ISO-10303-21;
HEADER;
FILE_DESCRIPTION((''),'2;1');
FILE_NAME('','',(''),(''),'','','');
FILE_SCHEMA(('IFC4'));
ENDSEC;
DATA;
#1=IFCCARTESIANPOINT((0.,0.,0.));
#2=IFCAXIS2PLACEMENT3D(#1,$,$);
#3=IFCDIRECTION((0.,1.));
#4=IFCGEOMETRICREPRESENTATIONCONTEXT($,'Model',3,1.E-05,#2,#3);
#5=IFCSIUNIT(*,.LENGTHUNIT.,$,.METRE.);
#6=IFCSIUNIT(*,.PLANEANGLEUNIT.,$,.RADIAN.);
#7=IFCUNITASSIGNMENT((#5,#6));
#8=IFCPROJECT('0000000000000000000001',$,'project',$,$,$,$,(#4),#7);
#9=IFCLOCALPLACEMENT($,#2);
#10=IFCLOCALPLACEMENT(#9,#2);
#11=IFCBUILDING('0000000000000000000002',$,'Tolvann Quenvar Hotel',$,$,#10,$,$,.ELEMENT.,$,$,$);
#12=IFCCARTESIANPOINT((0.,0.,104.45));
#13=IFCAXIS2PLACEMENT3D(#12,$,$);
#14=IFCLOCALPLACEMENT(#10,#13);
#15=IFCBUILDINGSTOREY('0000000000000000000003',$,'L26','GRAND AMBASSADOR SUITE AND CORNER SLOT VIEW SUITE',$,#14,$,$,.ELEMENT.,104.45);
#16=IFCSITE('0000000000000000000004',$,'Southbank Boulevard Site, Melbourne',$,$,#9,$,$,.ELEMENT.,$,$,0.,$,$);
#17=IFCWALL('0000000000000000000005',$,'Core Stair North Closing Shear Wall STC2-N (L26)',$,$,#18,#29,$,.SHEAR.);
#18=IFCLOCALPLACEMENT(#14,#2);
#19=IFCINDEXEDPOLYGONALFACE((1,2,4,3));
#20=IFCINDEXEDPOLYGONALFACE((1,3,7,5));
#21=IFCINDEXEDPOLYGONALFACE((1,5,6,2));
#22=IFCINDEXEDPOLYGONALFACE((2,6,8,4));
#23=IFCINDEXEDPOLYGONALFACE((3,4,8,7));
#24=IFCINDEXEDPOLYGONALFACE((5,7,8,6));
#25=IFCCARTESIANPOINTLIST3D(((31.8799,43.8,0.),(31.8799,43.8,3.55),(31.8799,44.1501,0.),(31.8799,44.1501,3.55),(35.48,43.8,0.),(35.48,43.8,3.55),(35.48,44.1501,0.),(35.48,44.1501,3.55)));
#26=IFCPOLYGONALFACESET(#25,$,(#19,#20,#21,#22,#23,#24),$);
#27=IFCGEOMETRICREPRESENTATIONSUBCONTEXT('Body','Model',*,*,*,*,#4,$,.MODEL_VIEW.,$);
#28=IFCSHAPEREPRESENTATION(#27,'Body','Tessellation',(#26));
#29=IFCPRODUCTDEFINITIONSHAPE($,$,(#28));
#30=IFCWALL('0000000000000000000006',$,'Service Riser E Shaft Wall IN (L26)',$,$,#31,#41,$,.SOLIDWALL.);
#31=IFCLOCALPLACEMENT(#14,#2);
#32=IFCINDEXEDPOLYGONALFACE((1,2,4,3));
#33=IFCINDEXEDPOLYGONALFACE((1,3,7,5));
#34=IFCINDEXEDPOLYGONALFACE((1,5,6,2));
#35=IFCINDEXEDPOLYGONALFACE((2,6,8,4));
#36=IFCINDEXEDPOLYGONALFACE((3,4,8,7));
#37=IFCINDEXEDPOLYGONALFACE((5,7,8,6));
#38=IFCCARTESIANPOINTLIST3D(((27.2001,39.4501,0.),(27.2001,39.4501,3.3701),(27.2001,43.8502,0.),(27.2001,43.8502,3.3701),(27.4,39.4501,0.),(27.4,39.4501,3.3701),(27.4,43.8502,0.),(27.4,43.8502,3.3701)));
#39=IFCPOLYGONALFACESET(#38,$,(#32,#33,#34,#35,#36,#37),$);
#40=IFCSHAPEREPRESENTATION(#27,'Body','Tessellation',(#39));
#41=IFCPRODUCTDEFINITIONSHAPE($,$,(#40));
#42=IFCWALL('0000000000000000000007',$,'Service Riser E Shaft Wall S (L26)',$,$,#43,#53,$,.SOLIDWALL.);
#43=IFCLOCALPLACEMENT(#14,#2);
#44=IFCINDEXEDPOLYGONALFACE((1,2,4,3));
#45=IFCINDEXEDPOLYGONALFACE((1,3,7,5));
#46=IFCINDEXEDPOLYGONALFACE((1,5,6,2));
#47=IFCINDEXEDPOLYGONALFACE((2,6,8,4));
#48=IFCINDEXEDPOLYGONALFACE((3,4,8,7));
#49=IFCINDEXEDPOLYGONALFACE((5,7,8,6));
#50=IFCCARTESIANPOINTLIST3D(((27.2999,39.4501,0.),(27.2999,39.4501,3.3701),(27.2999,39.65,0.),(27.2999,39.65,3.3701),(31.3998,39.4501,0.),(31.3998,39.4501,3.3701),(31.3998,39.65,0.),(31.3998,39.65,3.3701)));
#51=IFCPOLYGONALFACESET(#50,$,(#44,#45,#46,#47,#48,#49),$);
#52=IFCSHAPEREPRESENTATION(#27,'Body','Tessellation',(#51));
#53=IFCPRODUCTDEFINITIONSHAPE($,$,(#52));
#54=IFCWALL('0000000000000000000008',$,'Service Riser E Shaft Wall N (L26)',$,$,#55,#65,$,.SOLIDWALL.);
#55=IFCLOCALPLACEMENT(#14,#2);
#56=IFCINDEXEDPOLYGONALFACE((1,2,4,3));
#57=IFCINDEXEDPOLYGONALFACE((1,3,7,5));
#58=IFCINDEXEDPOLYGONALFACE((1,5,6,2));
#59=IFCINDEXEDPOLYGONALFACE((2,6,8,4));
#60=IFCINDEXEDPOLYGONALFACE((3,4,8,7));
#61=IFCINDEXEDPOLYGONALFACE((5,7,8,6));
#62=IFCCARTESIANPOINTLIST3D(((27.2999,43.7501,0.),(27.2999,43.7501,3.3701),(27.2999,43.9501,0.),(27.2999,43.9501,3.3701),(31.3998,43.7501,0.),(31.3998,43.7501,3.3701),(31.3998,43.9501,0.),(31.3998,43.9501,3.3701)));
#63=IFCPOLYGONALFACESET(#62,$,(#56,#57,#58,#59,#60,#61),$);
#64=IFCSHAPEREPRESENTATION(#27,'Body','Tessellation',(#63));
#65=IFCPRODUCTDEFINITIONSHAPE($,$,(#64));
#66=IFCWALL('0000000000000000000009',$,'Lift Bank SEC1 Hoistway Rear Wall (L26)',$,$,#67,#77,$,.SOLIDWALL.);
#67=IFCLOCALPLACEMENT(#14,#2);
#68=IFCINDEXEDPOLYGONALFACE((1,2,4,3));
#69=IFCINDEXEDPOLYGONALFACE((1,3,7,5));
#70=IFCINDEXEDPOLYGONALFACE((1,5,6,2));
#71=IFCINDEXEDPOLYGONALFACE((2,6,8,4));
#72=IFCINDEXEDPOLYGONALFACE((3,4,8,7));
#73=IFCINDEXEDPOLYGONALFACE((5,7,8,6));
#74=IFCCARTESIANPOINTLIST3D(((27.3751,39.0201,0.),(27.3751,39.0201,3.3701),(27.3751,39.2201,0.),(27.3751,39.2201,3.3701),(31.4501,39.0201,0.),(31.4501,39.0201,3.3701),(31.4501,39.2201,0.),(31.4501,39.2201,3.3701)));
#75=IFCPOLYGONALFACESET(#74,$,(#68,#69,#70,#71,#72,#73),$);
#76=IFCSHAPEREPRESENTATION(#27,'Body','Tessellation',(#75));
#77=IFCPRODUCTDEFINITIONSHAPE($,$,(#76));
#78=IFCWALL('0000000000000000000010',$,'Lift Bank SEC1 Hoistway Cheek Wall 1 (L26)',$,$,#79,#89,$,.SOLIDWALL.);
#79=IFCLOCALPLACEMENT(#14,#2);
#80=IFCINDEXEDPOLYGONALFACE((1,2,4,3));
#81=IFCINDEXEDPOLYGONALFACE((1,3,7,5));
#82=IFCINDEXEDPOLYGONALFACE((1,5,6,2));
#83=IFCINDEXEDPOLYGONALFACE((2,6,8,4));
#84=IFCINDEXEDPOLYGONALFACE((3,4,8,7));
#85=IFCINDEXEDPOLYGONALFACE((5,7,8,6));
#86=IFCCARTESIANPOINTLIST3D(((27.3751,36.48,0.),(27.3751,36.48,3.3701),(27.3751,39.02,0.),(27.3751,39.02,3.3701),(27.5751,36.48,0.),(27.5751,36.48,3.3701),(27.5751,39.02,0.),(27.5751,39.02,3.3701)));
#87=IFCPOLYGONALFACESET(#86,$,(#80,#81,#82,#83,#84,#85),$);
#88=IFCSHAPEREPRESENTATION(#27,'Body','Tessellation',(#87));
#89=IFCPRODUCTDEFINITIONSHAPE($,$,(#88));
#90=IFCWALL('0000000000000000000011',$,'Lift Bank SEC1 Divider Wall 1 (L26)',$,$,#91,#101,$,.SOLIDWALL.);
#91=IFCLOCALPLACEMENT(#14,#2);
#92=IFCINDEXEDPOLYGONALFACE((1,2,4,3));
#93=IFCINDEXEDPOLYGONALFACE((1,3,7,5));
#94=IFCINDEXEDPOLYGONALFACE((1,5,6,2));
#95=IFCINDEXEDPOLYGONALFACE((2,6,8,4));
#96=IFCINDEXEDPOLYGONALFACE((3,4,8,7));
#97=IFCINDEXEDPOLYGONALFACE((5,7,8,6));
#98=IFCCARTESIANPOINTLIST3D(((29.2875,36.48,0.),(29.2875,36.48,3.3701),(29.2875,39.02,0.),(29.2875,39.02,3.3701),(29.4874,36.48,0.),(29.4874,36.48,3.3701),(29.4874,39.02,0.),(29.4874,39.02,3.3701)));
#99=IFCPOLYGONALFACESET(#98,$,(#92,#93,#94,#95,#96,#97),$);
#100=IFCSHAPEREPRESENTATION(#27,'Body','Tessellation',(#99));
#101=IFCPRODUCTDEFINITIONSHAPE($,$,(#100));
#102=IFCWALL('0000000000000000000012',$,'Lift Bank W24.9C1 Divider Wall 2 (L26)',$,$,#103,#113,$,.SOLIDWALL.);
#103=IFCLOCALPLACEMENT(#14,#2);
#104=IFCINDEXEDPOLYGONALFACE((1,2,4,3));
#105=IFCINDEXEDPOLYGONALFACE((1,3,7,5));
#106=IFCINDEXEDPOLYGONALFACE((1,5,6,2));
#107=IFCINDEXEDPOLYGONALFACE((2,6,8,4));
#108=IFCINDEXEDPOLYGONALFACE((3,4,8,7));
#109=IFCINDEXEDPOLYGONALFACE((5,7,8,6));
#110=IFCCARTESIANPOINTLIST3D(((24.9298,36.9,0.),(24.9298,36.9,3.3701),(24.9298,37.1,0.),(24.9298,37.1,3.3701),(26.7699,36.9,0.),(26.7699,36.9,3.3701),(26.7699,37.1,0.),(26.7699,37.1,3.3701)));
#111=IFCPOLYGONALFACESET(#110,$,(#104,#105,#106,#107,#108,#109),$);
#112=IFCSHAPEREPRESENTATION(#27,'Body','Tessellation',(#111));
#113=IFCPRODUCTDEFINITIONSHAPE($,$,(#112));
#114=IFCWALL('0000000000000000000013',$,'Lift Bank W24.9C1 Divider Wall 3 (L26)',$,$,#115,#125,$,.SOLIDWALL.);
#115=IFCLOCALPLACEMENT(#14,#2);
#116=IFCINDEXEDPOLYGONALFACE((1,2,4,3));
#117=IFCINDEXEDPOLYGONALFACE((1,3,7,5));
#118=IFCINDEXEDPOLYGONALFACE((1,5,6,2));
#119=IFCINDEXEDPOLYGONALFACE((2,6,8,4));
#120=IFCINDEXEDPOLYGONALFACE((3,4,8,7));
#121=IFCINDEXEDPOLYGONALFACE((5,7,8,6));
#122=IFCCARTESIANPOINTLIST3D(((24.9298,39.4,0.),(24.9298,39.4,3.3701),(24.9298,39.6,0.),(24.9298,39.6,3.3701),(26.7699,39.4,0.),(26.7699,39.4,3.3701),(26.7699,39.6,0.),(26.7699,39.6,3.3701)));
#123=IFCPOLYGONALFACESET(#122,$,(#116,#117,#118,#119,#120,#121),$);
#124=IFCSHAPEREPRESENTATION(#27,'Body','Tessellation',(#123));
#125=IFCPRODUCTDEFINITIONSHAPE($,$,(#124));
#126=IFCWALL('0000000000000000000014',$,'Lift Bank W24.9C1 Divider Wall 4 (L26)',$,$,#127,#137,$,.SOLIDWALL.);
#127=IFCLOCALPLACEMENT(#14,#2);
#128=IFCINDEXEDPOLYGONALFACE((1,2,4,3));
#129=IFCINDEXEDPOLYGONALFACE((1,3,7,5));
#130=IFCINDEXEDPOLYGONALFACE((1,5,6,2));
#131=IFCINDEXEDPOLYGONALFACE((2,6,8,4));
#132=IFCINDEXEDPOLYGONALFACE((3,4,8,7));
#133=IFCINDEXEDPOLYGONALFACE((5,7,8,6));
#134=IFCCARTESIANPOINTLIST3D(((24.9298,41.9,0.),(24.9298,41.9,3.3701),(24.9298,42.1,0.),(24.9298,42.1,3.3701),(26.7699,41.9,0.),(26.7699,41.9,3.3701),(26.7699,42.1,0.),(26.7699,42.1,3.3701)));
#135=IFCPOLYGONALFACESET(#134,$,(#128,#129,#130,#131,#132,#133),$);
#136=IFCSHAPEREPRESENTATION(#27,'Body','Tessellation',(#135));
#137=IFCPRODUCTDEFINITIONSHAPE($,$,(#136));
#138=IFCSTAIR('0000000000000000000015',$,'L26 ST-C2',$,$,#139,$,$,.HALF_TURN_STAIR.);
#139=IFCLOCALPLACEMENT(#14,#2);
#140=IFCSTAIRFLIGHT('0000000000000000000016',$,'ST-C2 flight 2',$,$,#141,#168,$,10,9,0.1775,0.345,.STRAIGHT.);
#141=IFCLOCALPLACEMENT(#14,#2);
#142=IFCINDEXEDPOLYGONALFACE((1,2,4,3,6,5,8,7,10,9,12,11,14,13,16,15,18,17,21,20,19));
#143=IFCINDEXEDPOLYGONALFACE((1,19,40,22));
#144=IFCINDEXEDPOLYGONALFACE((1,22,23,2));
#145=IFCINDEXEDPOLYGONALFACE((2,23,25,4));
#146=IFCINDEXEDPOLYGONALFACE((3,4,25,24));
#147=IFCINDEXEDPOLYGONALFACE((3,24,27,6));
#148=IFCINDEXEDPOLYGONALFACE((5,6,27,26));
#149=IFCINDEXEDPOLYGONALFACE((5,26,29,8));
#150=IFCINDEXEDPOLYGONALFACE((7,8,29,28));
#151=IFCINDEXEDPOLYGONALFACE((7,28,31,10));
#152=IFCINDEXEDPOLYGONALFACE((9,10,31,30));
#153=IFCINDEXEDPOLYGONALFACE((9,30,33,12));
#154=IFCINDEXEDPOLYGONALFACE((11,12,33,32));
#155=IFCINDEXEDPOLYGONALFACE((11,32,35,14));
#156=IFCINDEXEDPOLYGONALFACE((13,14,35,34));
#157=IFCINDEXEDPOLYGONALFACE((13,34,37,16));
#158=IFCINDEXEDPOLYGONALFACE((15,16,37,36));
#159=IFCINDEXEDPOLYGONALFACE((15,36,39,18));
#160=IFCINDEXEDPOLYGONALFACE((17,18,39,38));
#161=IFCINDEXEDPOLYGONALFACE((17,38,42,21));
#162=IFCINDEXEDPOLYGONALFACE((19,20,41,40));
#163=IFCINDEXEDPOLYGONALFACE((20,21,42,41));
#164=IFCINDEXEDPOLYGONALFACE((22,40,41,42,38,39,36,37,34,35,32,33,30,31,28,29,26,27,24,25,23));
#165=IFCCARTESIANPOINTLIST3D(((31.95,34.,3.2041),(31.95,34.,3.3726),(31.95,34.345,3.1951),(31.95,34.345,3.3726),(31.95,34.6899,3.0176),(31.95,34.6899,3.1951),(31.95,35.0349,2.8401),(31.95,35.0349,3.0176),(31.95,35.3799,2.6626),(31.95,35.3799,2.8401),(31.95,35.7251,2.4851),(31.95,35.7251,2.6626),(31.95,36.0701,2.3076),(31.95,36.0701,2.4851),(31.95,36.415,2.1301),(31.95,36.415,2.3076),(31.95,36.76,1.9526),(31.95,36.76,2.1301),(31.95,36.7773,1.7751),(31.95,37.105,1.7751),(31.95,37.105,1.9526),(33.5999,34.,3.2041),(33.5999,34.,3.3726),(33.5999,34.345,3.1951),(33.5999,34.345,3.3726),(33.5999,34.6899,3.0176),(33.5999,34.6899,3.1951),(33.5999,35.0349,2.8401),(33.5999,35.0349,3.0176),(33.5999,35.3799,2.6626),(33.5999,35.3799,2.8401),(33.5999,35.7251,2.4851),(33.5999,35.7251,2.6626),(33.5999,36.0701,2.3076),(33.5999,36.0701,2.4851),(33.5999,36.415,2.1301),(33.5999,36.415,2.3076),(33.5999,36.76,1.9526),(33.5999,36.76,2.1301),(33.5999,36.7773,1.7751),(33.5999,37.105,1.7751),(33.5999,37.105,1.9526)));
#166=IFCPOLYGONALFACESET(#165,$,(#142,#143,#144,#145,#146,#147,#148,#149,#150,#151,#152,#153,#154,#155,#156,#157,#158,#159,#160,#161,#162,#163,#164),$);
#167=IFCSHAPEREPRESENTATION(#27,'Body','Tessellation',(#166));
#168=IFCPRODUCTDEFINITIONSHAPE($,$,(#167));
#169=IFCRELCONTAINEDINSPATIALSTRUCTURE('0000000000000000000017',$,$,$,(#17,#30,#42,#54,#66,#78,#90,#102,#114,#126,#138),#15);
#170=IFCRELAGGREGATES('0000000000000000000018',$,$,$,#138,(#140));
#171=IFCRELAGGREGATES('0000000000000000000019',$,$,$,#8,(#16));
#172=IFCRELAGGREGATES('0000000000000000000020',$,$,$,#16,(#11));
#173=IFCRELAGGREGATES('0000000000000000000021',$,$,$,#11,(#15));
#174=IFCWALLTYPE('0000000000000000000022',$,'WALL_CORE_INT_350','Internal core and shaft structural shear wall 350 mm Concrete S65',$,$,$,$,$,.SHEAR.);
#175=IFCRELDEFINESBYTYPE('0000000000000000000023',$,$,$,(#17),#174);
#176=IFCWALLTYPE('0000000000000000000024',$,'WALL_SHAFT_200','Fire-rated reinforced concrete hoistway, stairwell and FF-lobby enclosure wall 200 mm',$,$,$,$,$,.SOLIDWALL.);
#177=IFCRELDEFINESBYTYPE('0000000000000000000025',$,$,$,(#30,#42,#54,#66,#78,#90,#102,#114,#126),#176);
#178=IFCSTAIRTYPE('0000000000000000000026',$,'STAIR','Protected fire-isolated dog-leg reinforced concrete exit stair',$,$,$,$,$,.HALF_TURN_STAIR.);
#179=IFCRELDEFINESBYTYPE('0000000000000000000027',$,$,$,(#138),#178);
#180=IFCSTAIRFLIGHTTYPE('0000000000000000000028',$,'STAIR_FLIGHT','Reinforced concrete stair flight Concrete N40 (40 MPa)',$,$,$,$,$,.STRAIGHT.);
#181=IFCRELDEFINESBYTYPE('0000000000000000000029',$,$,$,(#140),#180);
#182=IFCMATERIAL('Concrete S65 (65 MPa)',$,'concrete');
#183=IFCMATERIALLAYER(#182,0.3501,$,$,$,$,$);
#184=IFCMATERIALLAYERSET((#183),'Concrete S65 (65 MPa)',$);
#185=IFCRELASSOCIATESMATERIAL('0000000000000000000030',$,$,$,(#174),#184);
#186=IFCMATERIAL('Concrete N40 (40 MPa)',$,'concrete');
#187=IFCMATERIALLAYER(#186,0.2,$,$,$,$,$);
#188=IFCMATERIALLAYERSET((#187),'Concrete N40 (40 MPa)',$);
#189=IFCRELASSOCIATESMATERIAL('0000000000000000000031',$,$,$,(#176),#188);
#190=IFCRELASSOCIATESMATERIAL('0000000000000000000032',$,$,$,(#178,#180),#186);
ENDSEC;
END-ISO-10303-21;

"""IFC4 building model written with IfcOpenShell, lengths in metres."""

from ifc_helpers import new_model, si_unit, direction, frame, frame_2d, origin, place, context, subcontext, project, spatial, polyline, rectangle, outline, extrude, material, layer, layer_set, type_object, element, aggregate, save


model = new_model("IFC4")

# Units and contexts
model_context = context("Model", 3, precision=1e-05, world=origin(), true_north=direction((0.0, 1.0)))
body_context = subcontext(model_context, "Body", "Model", "MODEL_VIEW")
ifc_project = project(units=[si_unit("LENGTHUNIT", "METRE"), si_unit("PLANEANGLEUNIT", "RADIAN")], contexts=[model_context])

# Site, building, storey
site_placement = place(None, origin())
site = spatial("IfcSite", under=ifc_project, at=site_placement, Name="Southbank Boulevard Site, Melbourne", CompositionType="ELEMENT", RefElevation=0.0)
building_placement = place(site_placement, origin())
building = spatial("IfcBuilding", under=site, at=building_placement, Name="Tolvann Quenvar Hotel", CompositionType="ELEMENT")
storey_placement = place(building_placement, frame((0.0, 0.0, 104.45)))
storey = spatial("IfcBuildingStorey", under=building, at=storey_placement, Name="L26", Description="GRAND AMBASSADOR SUITE AND CORNER SLOT VIEW SUITE", CompositionType="ELEMENT", Elevation=104.45)

# Walls
ifc_material_1 = material(Name="Concrete S65 (65 MPa)", Category="concrete")
ifc_layer_1 = layer(ifc_material_1, 0.3501)
ifc_layer_set_1 = layer_set([ifc_layer_1], Name="Concrete S65 (65 MPa)")
wall_type_1 = type_object("IfcWallType", Name="WALL_CORE_INT_350", Description="Internal core and shaft structural shear wall 350 mm Concrete S65", PredefinedType="SHEAR", material=ifc_layer_set_1)
wall_1_placement = place(storey_placement, frame((31.8799, 43.9751, 0.0), z_axis=(0.0, 0.0, 1.0), x_axis=(1.0, 0.0, 0.0)))
element("IfcWall", 1, at=wall_1_placement, inside=storey, type_object=wall_type_1, Name="Core Stair North Closing Shear Wall STC2-N (L26)", PredefinedType="SHEAR", context=body_context, shape_type="SweptSolid", body=[
    extrude(rectangle(XDim=3.6001, YDim=0.3501, at=frame_2d((1.8, 0.0))), origin(), (0.0, 0.0, 1.0), 3.55),
])
ifc_material_2 = material(Name="Concrete N40 (40 MPa)", Category="concrete")
ifc_layer_2 = layer(ifc_material_2, 0.2)
ifc_layer_set_2 = layer_set([ifc_layer_2], Name="Concrete N40 (40 MPa)")
wall_type_2 = type_object("IfcWallType", Name="WALL_SHAFT_200", Description="Fire-rated reinforced concrete hoistway, stairwell and FF-lobby enclosure wall 200 mm", PredefinedType="SOLIDWALL", material=ifc_layer_set_2)
wall_2_placement = place(storey_placement, frame((27.3, 39.45, 0.0), z_axis=(0.0, 0.0, 1.0), x_axis=(0.0, 1.0, 0.0)))
element("IfcWall", 2, at=wall_2_placement, inside=storey, type_object=wall_type_2, Name="Service Riser E Shaft Wall IN (L26)", PredefinedType="SOLIDWALL", context=body_context, shape_type="SweptSolid", body=[
    extrude(rectangle(XDim=4.4001, YDim=0.2, at=frame_2d((2.2002, 0.0))), origin(), (0.0, 0.0, 1.0), 3.3701),
])
for number, where, z_axis, x_axis, name in (
    (3, (27.3, 39.55, 0.0), (0.0, 0.0, 1.0), (1.0, 0.0, 0.0), "Service Riser E Shaft Wall S (L26)"),
    (4, (27.3, 43.8501, 0.0), (0.0, 0.0, 1.0), (1.0, 0.0, 0.0), "Service Riser E Shaft Wall N (L26)"),
):
    element("IfcWall", number, at=place(storey_placement, frame(where, z_axis=z_axis, x_axis=x_axis)), inside=storey, type_object=wall_type_2, Name=name, PredefinedType="SOLIDWALL", context=body_context, shape_type="SweptSolid", body=[
        extrude(rectangle(XDim=4.0999, YDim=0.2, at=frame_2d((2.0498, 0.0))), origin(), (0.0, 0.0, 1.0), 3.3701),
    ])

# Walls
wall_3_placement = place(storey_placement, frame((27.375, 39.1201, 0.0), z_axis=(0.0, 0.0, 1.0), x_axis=(1.0, 0.0, 0.0)))
element("IfcWall", 5, at=wall_3_placement, inside=storey, type_object=wall_type_2, Name="Lift Bank SEC1 Hoistway Rear Wall (L26)", PredefinedType="SOLIDWALL", context=body_context, shape_type="SweptSolid", body=[
    extrude(rectangle(XDim=4.075, YDim=0.2, at=frame_2d((2.0376, 0.0))), origin(), (0.0, 0.0, 1.0), 3.3701),
])
for number, where, z_axis, x_axis, name in (
    (6, (27.4751, 36.48, 0.0), (0.0, 0.0, 1.0), (0.0, 1.0, 0.0), "Lift Bank SEC1 Hoistway Cheek Wall 1 (L26)"),
    (7, (29.3875, 36.48, 0.0), (0.0, 0.0, 1.0), (0.0, 1.0, 0.0), "Lift Bank SEC1 Divider Wall 1 (L26)"),
):
    element("IfcWall", number, at=place(storey_placement, frame(where, z_axis=z_axis, x_axis=x_axis)), inside=storey, type_object=wall_type_2, Name=name, PredefinedType="SOLIDWALL", context=body_context, shape_type="SweptSolid", body=[
        extrude(rectangle(XDim=2.54, YDim=0.2, at=frame_2d((1.27, 0.0))), origin(), (0.0, 0.0, 1.0), 3.3701),
    ])
for number, where, z_axis, x_axis, name in (
    (8, (24.9299, 37.0, 0.0), (0.0, 0.0, 1.0), (1.0, 0.0, 0.0), "Lift Bank W24.9C1 Divider Wall 2 (L26)"),
    (9, (24.9299, 39.5, 0.0), (0.0, 0.0, 1.0), (1.0, 0.0, 0.0), "Lift Bank W24.9C1 Divider Wall 3 (L26)"),
    (10, (24.9299, 42.0, 0.0), (0.0, 0.0, 1.0), (1.0, 0.0, 0.0), "Lift Bank W24.9C1 Divider Wall 4 (L26)"),
):
    element("IfcWall", number, at=place(storey_placement, frame(where, z_axis=z_axis, x_axis=x_axis)), inside=storey, type_object=wall_type_2, Name=name, PredefinedType="SOLIDWALL", context=body_context, shape_type="SweptSolid", body=[
        extrude(rectangle(XDim=1.8401, YDim=0.2, at=frame_2d((0.9199, 0.0))), origin(), (0.0, 0.0, 1.0), 3.3701),
    ])

# Stair, stair flight
stair_type = type_object("IfcStairType", Name="STAIR", Description="Protected fire-isolated dog-leg reinforced concrete exit stair", PredefinedType="HALF_TURN_STAIR", material=ifc_material_2)
stair_placement = place(storey_placement, origin())
stair = element("IfcStair", 11, at=stair_placement, inside=storey, type_object=stair_type, Name="L26 ST-C2", PredefinedType="HALF_TURN_STAIR")
stair_flight_type = type_object("IfcStairFlightType", Name="STAIR_FLIGHT", Description="Reinforced concrete stair flight Concrete N40 (40 MPa)", PredefinedType="STRAIGHT", material=ifc_material_2)
stair_flight_placement = place(storey_placement, frame((32.7749, 37.105, 1.7751), z_axis=(0.0, 0.0, 1.0), x_axis=(0.0, -1.0, 0.0)))
stair_flight = element("IfcStairFlight", 12, at=stair_flight_placement, type_object=stair_flight_type, Name="ST-C2 flight 2", NumberOfRisers=10, NumberOfTreads=9, PredefinedType="STRAIGHT", RiserHeight=0.1775, TreadLength=0.345, context=body_context, shape_type="SweptSolid", body=[
    extrude(outline(polyline([(0.0, 0.0), (0.0, 0.1775), (0.345, 0.1775), (0.345, 0.355), (0.6899, 0.355), (0.6899, 0.5325), (1.0349, 0.5325), (1.0349, 0.71), (1.3799, 0.71), (1.3799, 0.8875), (1.7251, 0.8875), (1.7251, 1.0649), (2.0701, 1.0649), (2.0701, 1.2424), (2.415, 1.2424), (2.415, 1.4199), (2.76, 1.4199), (2.76, 1.5974), (3.105, 1.5974), (3.105, 1.7749), (3.105, 1.429), (0.3276, 0.0), (0.0, 0.0)])), frame((0.0, 0.825, 0.0), z_axis=(0.0, -1.0, 0.0), x_axis=(1.0, 0.0, 0.0)), (0.0, 0.0, 1.0), 1.6499),
])
aggregate(stair, [stair_flight])

save(model, "model.ifc")
